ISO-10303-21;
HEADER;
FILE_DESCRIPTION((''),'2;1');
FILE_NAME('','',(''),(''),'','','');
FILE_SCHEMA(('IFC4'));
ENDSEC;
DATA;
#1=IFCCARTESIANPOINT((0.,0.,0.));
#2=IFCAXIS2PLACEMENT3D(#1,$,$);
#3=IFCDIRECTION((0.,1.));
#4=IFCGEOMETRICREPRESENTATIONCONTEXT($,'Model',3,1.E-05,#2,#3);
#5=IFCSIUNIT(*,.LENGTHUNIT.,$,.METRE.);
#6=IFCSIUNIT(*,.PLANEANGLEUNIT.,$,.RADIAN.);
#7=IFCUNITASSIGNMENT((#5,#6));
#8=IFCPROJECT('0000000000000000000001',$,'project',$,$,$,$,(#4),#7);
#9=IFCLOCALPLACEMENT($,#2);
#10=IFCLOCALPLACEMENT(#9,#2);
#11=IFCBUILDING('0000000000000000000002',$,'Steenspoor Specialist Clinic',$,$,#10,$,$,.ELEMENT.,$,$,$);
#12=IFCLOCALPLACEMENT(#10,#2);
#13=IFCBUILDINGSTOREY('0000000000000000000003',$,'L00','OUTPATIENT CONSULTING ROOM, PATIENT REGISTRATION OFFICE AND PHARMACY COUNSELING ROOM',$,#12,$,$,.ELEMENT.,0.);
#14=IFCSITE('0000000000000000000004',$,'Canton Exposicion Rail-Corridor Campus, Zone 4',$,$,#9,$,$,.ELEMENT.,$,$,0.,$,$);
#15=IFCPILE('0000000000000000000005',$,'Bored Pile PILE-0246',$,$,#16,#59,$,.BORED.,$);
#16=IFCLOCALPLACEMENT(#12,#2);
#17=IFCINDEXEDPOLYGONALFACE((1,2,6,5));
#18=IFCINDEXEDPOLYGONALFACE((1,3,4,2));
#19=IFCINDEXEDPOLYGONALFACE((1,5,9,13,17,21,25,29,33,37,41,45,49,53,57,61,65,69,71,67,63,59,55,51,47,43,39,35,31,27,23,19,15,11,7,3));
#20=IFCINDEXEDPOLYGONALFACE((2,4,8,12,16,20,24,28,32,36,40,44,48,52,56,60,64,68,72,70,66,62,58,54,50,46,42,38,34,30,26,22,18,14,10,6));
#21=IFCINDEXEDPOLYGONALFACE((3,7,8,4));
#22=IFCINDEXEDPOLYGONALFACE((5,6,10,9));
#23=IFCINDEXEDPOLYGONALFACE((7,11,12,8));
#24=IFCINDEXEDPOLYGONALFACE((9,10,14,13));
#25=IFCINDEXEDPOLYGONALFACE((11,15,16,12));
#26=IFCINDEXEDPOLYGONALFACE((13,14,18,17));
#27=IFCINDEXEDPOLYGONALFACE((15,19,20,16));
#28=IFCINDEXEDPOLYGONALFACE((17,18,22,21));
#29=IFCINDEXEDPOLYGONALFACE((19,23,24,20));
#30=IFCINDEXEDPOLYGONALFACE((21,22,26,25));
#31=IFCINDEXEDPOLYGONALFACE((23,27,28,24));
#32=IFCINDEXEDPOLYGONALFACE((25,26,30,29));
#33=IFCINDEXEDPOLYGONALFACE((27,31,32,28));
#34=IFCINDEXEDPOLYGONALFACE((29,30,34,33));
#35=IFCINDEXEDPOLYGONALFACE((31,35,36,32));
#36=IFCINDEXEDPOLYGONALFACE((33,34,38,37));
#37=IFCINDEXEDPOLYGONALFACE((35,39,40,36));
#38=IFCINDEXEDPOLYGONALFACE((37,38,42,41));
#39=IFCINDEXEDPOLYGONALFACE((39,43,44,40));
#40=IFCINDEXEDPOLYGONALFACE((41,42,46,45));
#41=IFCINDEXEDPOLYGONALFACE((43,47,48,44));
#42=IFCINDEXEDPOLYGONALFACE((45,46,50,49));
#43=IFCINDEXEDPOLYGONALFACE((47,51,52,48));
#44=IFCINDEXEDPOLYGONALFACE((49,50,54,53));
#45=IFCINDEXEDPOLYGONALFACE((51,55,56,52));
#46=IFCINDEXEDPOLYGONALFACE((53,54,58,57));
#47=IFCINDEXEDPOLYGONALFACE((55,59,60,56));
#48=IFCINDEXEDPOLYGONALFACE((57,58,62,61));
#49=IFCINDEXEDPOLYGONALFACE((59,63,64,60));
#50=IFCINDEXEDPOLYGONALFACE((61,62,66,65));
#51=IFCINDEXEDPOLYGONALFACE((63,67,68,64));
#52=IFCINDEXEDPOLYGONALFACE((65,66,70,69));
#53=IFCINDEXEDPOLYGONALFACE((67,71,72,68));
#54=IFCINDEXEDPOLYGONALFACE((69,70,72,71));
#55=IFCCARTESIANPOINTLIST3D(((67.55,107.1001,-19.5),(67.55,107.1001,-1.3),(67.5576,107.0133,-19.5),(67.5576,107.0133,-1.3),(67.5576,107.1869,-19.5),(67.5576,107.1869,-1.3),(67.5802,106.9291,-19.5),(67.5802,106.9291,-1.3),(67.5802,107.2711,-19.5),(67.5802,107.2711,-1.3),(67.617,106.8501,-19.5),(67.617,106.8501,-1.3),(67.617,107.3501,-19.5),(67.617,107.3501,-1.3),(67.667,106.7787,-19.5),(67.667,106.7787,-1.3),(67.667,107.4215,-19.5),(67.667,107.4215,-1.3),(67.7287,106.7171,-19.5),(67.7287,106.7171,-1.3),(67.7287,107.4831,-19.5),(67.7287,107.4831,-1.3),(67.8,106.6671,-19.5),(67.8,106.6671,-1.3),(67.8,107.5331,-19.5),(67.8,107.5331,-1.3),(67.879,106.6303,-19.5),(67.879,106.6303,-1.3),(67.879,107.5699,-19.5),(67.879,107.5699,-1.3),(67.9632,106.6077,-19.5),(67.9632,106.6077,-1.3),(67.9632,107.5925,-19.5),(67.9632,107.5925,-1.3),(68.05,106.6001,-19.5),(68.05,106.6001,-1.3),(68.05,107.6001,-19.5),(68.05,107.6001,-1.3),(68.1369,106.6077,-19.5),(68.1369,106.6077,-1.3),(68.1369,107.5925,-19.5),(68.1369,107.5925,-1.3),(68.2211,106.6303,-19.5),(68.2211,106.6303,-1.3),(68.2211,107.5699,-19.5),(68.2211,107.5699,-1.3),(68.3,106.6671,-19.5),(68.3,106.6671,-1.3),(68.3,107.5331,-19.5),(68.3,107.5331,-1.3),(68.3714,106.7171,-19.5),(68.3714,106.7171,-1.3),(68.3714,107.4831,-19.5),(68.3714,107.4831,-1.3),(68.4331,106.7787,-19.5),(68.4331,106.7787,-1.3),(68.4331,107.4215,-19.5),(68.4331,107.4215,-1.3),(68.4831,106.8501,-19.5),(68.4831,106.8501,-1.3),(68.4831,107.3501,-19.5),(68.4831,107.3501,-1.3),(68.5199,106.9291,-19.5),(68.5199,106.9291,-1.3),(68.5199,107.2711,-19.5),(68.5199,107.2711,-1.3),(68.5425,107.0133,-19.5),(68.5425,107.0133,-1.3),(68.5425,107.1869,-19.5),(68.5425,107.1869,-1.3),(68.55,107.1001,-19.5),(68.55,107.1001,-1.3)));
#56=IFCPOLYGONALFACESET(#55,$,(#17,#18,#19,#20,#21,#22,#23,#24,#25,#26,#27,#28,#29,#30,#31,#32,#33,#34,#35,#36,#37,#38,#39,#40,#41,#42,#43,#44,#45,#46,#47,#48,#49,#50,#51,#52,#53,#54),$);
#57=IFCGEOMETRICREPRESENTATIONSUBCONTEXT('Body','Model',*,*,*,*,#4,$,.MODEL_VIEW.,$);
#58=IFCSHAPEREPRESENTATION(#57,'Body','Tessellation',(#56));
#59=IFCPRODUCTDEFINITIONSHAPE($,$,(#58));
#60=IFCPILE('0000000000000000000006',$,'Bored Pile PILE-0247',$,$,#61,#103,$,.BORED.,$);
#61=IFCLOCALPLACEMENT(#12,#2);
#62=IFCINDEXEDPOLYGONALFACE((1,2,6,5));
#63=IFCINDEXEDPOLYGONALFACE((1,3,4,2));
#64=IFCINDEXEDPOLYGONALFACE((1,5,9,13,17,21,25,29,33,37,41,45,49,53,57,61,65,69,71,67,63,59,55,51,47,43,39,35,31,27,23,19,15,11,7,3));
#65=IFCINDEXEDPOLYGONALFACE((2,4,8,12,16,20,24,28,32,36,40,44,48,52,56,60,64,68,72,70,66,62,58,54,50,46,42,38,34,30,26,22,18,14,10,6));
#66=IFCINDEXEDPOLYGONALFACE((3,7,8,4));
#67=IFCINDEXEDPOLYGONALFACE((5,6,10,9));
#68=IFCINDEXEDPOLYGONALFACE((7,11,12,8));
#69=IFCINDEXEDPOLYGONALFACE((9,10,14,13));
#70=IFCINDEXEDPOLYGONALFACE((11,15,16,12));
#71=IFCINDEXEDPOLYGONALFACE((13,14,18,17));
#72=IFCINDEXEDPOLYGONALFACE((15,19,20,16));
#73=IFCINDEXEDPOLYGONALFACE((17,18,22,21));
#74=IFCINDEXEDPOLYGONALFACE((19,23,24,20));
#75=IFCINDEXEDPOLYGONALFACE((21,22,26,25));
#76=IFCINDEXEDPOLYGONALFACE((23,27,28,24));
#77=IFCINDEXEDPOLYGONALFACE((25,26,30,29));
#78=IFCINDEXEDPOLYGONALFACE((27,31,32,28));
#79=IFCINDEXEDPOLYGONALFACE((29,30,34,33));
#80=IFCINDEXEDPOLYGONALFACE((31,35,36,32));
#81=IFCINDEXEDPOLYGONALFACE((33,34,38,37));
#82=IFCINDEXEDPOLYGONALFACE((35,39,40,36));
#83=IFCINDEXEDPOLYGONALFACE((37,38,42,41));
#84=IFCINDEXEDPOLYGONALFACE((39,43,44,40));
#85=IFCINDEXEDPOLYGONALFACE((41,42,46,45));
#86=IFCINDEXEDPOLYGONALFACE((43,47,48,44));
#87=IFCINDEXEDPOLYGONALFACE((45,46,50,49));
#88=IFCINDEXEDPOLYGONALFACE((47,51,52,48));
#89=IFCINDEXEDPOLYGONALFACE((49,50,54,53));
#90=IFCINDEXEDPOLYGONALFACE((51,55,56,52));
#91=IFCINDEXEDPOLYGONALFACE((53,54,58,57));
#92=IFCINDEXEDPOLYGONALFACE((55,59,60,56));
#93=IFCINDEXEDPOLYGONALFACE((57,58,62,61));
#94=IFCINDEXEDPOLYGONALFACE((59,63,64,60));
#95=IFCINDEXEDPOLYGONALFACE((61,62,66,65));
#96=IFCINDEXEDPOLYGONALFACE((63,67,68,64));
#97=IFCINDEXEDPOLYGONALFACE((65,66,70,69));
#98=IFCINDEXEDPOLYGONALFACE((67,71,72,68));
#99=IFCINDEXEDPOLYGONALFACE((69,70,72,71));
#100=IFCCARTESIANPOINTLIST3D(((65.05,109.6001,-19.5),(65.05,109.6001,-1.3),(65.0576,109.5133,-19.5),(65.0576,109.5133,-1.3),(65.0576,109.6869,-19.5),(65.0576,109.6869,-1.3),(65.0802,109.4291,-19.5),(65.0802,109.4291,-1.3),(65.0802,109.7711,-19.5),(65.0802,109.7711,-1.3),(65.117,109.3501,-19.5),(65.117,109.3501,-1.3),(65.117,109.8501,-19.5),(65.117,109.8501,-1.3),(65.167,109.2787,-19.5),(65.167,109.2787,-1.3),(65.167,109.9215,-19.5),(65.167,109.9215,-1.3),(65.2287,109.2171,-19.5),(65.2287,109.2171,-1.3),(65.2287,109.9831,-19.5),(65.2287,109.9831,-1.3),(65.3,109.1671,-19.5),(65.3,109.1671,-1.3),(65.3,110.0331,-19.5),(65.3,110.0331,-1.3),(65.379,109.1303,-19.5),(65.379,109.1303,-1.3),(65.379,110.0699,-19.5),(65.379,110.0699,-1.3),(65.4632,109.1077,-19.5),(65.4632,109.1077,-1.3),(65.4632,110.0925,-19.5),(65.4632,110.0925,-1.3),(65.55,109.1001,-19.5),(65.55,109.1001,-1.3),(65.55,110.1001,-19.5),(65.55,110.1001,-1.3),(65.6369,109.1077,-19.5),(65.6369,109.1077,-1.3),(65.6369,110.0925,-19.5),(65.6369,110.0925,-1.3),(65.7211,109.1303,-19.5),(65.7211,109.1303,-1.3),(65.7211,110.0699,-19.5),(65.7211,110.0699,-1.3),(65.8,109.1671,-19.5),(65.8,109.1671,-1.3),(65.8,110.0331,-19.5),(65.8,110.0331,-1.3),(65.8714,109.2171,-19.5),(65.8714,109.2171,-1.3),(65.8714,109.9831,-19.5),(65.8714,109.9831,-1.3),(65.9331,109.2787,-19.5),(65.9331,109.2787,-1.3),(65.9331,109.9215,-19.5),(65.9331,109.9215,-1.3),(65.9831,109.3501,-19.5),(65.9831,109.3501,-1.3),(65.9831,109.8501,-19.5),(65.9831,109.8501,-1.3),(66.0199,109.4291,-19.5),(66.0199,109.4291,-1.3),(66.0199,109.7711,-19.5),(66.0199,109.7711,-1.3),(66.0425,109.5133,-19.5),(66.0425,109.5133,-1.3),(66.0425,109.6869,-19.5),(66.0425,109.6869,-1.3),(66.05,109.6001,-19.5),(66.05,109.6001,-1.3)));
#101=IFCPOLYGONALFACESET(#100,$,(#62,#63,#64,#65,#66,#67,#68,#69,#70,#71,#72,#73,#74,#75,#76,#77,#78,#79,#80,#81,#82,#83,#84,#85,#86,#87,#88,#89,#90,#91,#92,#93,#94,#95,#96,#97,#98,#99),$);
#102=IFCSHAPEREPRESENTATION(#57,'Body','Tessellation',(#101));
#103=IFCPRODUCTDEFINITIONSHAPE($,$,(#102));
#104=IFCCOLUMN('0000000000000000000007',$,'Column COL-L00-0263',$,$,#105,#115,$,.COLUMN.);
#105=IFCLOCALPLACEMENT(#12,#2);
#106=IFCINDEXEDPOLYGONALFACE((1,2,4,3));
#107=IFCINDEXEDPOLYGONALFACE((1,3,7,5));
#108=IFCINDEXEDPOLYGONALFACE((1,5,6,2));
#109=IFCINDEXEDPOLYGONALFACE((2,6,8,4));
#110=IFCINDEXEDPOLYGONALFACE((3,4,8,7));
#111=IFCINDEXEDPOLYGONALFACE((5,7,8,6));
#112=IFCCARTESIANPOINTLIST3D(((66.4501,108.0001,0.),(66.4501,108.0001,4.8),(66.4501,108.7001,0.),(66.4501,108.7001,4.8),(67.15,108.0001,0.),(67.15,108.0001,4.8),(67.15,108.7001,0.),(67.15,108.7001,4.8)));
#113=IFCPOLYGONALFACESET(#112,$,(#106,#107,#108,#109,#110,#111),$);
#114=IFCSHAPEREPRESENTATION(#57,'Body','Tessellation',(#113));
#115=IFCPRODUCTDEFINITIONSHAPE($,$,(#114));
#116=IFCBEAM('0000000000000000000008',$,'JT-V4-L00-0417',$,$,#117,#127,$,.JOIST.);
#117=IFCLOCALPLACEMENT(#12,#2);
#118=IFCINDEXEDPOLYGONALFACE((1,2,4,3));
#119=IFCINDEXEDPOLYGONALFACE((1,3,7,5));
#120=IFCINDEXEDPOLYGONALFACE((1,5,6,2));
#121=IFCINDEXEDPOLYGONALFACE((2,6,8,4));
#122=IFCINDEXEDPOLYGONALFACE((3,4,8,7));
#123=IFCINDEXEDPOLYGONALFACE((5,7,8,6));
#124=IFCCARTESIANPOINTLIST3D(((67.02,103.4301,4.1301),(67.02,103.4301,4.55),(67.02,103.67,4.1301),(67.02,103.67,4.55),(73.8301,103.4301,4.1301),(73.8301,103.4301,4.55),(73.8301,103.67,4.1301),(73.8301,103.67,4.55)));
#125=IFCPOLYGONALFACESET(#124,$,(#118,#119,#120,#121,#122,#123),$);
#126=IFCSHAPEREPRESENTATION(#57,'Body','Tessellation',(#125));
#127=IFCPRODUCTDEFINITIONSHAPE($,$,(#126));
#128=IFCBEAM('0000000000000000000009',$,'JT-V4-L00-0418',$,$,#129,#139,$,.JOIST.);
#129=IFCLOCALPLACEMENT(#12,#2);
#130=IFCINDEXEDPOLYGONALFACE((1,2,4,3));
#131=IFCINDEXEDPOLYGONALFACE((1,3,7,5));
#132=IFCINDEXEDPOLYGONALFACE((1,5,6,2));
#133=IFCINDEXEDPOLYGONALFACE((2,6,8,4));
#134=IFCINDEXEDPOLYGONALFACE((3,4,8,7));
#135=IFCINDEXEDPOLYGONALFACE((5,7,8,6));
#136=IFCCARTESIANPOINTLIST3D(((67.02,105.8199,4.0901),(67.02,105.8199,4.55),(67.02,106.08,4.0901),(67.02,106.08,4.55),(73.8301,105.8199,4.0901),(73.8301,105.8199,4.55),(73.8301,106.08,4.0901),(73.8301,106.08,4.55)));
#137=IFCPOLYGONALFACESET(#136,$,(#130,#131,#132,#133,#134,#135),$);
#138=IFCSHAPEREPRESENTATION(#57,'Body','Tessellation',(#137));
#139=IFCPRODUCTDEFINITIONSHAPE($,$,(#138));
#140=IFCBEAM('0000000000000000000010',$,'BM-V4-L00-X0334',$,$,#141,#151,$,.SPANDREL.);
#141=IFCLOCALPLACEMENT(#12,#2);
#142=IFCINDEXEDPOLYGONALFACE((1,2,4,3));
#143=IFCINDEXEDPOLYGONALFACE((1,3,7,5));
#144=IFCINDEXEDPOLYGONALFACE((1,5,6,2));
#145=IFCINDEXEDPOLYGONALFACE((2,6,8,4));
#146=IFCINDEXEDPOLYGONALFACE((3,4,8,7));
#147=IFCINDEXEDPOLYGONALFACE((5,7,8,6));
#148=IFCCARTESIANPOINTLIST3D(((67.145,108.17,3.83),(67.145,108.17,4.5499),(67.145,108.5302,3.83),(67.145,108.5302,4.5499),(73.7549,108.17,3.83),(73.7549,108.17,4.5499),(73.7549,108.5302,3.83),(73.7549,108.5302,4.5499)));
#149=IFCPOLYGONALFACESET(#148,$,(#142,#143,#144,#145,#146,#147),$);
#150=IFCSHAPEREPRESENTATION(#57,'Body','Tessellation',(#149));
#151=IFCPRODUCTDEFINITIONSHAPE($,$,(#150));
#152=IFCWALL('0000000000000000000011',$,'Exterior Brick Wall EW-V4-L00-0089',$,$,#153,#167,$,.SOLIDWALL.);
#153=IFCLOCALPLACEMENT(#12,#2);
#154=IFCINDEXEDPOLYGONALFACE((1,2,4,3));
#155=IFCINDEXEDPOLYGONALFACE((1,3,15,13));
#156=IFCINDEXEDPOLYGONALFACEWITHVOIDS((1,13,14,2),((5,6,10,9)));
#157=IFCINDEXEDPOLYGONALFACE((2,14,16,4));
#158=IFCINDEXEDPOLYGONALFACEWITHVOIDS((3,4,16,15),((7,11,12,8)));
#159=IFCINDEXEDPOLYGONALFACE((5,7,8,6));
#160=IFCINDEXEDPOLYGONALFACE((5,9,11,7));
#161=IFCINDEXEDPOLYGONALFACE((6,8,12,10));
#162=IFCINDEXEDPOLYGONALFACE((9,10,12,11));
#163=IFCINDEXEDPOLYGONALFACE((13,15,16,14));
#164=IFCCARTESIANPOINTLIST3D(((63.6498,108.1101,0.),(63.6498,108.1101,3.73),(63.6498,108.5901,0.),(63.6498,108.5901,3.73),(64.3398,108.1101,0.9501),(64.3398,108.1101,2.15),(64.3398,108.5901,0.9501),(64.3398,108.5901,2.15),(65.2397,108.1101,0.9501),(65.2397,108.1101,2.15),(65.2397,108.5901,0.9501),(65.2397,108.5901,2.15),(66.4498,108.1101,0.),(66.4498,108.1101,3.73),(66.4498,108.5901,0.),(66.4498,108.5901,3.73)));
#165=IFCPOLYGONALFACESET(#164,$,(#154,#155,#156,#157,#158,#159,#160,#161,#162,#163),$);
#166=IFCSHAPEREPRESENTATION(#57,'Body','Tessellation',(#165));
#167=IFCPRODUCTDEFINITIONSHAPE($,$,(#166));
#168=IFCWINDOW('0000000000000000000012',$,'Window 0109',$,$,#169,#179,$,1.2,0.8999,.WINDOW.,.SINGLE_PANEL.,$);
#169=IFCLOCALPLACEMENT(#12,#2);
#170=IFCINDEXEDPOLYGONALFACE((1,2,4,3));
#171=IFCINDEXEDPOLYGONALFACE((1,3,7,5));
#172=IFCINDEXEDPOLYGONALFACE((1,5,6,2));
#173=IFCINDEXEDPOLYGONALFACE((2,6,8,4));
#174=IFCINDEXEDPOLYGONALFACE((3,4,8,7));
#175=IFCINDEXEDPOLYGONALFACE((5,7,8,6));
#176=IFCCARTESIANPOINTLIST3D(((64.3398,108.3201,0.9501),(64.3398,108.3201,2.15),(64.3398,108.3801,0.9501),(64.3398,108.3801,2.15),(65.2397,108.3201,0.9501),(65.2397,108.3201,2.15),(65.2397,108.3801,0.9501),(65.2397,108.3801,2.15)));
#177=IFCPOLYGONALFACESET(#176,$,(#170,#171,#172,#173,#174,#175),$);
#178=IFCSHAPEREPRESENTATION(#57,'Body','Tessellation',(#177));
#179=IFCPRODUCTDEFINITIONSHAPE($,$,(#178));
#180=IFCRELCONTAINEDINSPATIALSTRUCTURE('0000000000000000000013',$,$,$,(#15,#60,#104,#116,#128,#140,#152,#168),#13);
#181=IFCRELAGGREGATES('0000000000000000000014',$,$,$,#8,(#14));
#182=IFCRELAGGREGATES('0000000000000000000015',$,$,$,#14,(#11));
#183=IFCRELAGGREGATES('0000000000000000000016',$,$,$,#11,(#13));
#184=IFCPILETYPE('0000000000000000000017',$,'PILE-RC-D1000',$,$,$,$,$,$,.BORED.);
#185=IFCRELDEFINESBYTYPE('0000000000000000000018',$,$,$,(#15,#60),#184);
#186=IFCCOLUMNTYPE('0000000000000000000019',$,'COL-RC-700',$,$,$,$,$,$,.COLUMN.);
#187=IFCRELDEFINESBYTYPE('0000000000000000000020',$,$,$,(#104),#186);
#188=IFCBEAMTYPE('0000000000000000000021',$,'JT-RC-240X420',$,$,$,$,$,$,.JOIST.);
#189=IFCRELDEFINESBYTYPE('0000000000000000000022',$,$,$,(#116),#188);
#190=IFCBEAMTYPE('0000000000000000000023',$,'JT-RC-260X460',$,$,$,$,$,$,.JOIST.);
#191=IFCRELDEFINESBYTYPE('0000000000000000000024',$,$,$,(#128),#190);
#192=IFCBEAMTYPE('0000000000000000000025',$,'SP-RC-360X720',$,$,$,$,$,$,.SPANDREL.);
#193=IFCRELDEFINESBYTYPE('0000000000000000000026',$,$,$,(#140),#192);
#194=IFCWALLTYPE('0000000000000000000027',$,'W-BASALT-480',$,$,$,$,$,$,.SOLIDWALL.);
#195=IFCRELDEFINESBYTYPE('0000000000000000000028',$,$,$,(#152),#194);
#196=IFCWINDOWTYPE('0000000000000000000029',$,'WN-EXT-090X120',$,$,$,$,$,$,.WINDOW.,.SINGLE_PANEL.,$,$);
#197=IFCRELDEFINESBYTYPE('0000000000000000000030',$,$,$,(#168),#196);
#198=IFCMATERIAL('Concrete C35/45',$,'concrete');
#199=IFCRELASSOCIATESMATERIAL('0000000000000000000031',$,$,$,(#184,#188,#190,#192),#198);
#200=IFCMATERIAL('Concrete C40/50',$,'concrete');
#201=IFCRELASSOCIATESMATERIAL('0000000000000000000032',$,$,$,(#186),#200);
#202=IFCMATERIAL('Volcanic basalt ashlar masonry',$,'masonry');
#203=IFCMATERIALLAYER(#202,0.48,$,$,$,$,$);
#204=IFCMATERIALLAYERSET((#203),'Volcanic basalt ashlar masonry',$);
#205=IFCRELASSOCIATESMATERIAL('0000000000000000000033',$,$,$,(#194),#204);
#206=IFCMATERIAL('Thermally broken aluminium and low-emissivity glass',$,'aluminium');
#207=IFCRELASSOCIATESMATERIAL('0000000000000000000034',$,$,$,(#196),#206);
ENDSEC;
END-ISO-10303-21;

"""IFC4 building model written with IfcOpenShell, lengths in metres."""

from ifc_helpers import new_model, si_unit, direction, frame, frame_2d, origin, origin_2d, place, context, subcontext, project, spatial, rectangle, circle, extrude, material, layer, layer_set, material_profile, profile_set, type_object, element, fill, save


model = new_model("IFC4")

# Units and contexts
model_context = context("Model", 3, precision=1e-05, world=origin(), true_north=direction((0.0, 1.0)))
body_context = subcontext(model_context, "Body", "Model", "MODEL_VIEW")
ifc_project = project(units=[si_unit("LENGTHUNIT", "METRE"), si_unit("PLANEANGLEUNIT", "RADIAN")], contexts=[model_context])

# Site, building, storey
site_placement = place(None, origin())
site = spatial("IfcSite", under=ifc_project, at=site_placement, Name="Canton Exposicion Rail-Corridor Campus, Zone 4", CompositionType="ELEMENT", RefElevation=0.0)
building_placement = place(site_placement, origin())
building = spatial("IfcBuilding", under=site, at=building_placement, Name="Steenspoor Specialist Clinic", CompositionType="ELEMENT")
storey_placement = place(building_placement, origin())
storey = spatial("IfcBuildingStorey", under=building, at=storey_placement, Name="L00", Description="OUTPATIENT CONSULTING ROOM, PATIENT REGISTRATION OFFICE AND PHARMACY COUNSELING ROOM", CompositionType="ELEMENT", Elevation=0.0)

# Shared definitions
ifc_material_1 = material(Name="Concrete C35/45", Category="concrete")

# Piles
ifc_material_profile_1 = material_profile(ifc_material_1, circle(Radius=0.5, at=origin_2d()), Name="PILE-D1000")
ifc_profile_set_1 = profile_set([ifc_material_profile_1], Name="Concrete C35/45")
pile_type = type_object("IfcPileType", Name="PILE-RC-D1000", PredefinedType="BORED", material=ifc_profile_set_1)
for number, where, z_axis, x_axis, name in (
    (1, (68.05, 107.1001, -1.3), (0.0, 0.0, -1.0), (1.0, 0.0, 0.0), "Bored Pile PILE-0246"),
    (2, (65.55, 109.6001, -1.3), (0.0, 0.0, -1.0), (1.0, 0.0, 0.0), "Bored Pile PILE-0247"),
):
    element("IfcPile", number, at=place(storey_placement, frame(where, z_axis=z_axis, x_axis=x_axis)), inside=storey, type_object=pile_type, Name=name, PredefinedType="BORED", context=body_context, shape_type="SweptSolid", body=[
        extrude(circle(Radius=0.5, at=origin_2d()), origin(), (0.0, 0.0, 1.0), 18.2),
    ])

# Column
ifc_material_2 = material(Name="Concrete C40/50", Category="concrete")
ifc_material_profile_2 = material_profile(ifc_material_2, rectangle(XDim=0.7, YDim=0.7, at=origin_2d()), Name="RC-COL-700X700")
ifc_profile_set_2 = profile_set([ifc_material_profile_2], Name="Concrete C40/50")
column_type = type_object("IfcColumnType", Name="COL-RC-700", PredefinedType="COLUMN", material=ifc_profile_set_2)
column_placement = place(storey_placement, frame((66.8, 108.3501, 0.0), z_axis=(0.0, 0.0, 1.0), x_axis=(1.0, 0.0, 0.0)))
element("IfcColumn", 3, at=column_placement, inside=storey, type_object=column_type, Name="Column COL-L00-0263", PredefinedType="COLUMN", context=body_context, shape_type="SweptSolid", body=[
    extrude(rectangle(XDim=0.7, YDim=0.7, at=origin_2d()), origin(), (0.0, 0.0, 1.0), 4.8),
])

# Beams
ifc_material_profile_3 = material_profile(ifc_material_1, rectangle(XDim=0.24, YDim=0.4199, at=origin_2d()), Name="RC-JT-240X420")
ifc_profile_set_3 = profile_set([ifc_material_profile_3], Name="Concrete C35/45")
beam_type_1 = type_object("IfcBeamType", Name="JT-RC-240X420", PredefinedType="JOIST", material=ifc_profile_set_3)
beam_1_placement = place(storey_placement, frame((67.02, 103.55, 4.3401), z_axis=(1.0, 0.0, 0.0), x_axis=(0.0, 1.0, 0.0)))
element("IfcBeam", 4, at=beam_1_placement, inside=storey, type_object=beam_type_1, Name="JT-V4-L00-0417", PredefinedType="JOIST", context=body_context, shape_type="SweptSolid", body=[
    extrude(rectangle(XDim=0.24, YDim=0.4199, at=origin_2d()), origin(), (0.0, 0.0, 1.0), 6.8101),
])
ifc_material_profile_4 = material_profile(ifc_material_1, rectangle(XDim=0.26, YDim=0.46, at=origin_2d()), Name="RC-JT-260X460")
ifc_profile_set_4 = profile_set([ifc_material_profile_4], Name="Concrete C35/45")
beam_type_2 = type_object("IfcBeamType", Name="JT-RC-260X460", PredefinedType="JOIST", material=ifc_profile_set_4)
beam_2_placement = place(storey_placement, frame((67.02, 105.95, 4.3201), z_axis=(1.0, 0.0, 0.0), x_axis=(0.0, 1.0, 0.0)))
element("IfcBeam", 5, at=beam_2_placement, inside=storey, type_object=beam_type_2, Name="JT-V4-L00-0418", PredefinedType="JOIST", context=body_context, shape_type="SweptSolid", body=[
    extrude(rectangle(XDim=0.26, YDim=0.46, at=origin_2d()), origin(), (0.0, 0.0, 1.0), 6.8101),
])
ifc_material_profile_5 = material_profile(ifc_material_1, rectangle(XDim=0.3601, YDim=0.72, at=origin_2d()), Name="RC-SP-360X720")
ifc_profile_set_5 = profile_set([ifc_material_profile_5], Name="Concrete C35/45")
beam_type_3 = type_object("IfcBeamType", Name="SP-RC-360X720", PredefinedType="SPANDREL", material=ifc_profile_set_5)
beam_3_placement = place(storey_placement, frame((67.145, 108.3501, 4.1899), z_axis=(1.0, 0.0, 0.0), x_axis=(0.0, 1.0, 0.0)))
element("IfcBeam", 6, at=beam_3_placement, inside=storey, type_object=beam_type_3, Name="BM-V4-L00-X0334", PredefinedType="SPANDREL", context=body_context, shape_type="SweptSolid", body=[
    extrude(rectangle(XDim=0.3601, YDim=0.72, at=origin_2d()), origin(), (0.0, 0.0, 1.0), 6.6099),
])

# Wall, opening, window
ifc_material_3 = material(Name="Volcanic basalt ashlar masonry", Category="masonry")
ifc_layer_1 = layer(ifc_material_3, 0.48)
ifc_layer_set_1 = layer_set([ifc_layer_1], Name="Volcanic basalt ashlar masonry")
wall_type_1 = type_object("IfcWallType", Name="W-BASALT-480", PredefinedType="SOLIDWALL", material=ifc_layer_set_1)
wall_1_placement = place(storey_placement, frame((63.6499, 108.3501, 0.0), z_axis=(0.0, 0.0, 1.0), x_axis=(1.0, 0.0, 0.0)))
wall_1 = element("IfcWall", 7, at=wall_1_placement, inside=storey, type_object=wall_type_1, Name="Exterior Brick Wall EW-V4-L00-0089", PredefinedType="SOLIDWALL", context=body_context, shape_type="SweptSolid", body=[
    extrude(rectangle(XDim=2.8, YDim=0.48, at=frame_2d((1.3999, 0.0))), origin(), (0.0, 0.0, 1.0), 3.73),
])
opening_1_placement = place(wall_1_placement, frame((0.6899, 0.0, 0.95)))
opening_1 = element("IfcOpeningElement", 8, at=opening_1_placement, cuts=wall_1, PredefinedType="OPENING", context=body_context, shape_type="SweptSolid", body=[
    extrude(rectangle(XDim=0.8999, YDim=1.2, at=frame_2d((0.45, 0.6001))), frame((0.0, 0.25, 0.0), z_axis=(0.0, -1.0, 0.0), x_axis=(1.0, 0.0, 0.0)), (0.0, 0.0, 1.0), 0.5),
])
ifc_material_4 = material(Name="Thermally broken aluminium and low-emissivity glass", Category="aluminium")
window_type = type_object("IfcWindowType", Name="WN-EXT-090X120", PartitioningType="SINGLE_PANEL", PredefinedType="WINDOW", material=ifc_material_4)
window_1_placement = place(opening_1_placement, origin())
window_1 = element("IfcWindow", 9, at=window_1_placement, inside=storey, type_object=window_type, Name="Window 0109", OverallHeight=1.2, OverallWidth=0.8999, PartitioningType="SINGLE_PANEL", PredefinedType="WINDOW", context=body_context, shape_type="SweptSolid", body=[
    extrude(rectangle(XDim=0.8999, YDim=1.2, at=frame_2d((0.45, 0.6001))), frame((0.0, 0.03, 0.0), z_axis=(0.0, -1.0, 0.0), x_axis=(1.0, 0.0, 0.0)), (0.0, 0.0, 1.0), 0.0601),
])
fill(opening_1, window_1)

save(model, "model.ifc")
